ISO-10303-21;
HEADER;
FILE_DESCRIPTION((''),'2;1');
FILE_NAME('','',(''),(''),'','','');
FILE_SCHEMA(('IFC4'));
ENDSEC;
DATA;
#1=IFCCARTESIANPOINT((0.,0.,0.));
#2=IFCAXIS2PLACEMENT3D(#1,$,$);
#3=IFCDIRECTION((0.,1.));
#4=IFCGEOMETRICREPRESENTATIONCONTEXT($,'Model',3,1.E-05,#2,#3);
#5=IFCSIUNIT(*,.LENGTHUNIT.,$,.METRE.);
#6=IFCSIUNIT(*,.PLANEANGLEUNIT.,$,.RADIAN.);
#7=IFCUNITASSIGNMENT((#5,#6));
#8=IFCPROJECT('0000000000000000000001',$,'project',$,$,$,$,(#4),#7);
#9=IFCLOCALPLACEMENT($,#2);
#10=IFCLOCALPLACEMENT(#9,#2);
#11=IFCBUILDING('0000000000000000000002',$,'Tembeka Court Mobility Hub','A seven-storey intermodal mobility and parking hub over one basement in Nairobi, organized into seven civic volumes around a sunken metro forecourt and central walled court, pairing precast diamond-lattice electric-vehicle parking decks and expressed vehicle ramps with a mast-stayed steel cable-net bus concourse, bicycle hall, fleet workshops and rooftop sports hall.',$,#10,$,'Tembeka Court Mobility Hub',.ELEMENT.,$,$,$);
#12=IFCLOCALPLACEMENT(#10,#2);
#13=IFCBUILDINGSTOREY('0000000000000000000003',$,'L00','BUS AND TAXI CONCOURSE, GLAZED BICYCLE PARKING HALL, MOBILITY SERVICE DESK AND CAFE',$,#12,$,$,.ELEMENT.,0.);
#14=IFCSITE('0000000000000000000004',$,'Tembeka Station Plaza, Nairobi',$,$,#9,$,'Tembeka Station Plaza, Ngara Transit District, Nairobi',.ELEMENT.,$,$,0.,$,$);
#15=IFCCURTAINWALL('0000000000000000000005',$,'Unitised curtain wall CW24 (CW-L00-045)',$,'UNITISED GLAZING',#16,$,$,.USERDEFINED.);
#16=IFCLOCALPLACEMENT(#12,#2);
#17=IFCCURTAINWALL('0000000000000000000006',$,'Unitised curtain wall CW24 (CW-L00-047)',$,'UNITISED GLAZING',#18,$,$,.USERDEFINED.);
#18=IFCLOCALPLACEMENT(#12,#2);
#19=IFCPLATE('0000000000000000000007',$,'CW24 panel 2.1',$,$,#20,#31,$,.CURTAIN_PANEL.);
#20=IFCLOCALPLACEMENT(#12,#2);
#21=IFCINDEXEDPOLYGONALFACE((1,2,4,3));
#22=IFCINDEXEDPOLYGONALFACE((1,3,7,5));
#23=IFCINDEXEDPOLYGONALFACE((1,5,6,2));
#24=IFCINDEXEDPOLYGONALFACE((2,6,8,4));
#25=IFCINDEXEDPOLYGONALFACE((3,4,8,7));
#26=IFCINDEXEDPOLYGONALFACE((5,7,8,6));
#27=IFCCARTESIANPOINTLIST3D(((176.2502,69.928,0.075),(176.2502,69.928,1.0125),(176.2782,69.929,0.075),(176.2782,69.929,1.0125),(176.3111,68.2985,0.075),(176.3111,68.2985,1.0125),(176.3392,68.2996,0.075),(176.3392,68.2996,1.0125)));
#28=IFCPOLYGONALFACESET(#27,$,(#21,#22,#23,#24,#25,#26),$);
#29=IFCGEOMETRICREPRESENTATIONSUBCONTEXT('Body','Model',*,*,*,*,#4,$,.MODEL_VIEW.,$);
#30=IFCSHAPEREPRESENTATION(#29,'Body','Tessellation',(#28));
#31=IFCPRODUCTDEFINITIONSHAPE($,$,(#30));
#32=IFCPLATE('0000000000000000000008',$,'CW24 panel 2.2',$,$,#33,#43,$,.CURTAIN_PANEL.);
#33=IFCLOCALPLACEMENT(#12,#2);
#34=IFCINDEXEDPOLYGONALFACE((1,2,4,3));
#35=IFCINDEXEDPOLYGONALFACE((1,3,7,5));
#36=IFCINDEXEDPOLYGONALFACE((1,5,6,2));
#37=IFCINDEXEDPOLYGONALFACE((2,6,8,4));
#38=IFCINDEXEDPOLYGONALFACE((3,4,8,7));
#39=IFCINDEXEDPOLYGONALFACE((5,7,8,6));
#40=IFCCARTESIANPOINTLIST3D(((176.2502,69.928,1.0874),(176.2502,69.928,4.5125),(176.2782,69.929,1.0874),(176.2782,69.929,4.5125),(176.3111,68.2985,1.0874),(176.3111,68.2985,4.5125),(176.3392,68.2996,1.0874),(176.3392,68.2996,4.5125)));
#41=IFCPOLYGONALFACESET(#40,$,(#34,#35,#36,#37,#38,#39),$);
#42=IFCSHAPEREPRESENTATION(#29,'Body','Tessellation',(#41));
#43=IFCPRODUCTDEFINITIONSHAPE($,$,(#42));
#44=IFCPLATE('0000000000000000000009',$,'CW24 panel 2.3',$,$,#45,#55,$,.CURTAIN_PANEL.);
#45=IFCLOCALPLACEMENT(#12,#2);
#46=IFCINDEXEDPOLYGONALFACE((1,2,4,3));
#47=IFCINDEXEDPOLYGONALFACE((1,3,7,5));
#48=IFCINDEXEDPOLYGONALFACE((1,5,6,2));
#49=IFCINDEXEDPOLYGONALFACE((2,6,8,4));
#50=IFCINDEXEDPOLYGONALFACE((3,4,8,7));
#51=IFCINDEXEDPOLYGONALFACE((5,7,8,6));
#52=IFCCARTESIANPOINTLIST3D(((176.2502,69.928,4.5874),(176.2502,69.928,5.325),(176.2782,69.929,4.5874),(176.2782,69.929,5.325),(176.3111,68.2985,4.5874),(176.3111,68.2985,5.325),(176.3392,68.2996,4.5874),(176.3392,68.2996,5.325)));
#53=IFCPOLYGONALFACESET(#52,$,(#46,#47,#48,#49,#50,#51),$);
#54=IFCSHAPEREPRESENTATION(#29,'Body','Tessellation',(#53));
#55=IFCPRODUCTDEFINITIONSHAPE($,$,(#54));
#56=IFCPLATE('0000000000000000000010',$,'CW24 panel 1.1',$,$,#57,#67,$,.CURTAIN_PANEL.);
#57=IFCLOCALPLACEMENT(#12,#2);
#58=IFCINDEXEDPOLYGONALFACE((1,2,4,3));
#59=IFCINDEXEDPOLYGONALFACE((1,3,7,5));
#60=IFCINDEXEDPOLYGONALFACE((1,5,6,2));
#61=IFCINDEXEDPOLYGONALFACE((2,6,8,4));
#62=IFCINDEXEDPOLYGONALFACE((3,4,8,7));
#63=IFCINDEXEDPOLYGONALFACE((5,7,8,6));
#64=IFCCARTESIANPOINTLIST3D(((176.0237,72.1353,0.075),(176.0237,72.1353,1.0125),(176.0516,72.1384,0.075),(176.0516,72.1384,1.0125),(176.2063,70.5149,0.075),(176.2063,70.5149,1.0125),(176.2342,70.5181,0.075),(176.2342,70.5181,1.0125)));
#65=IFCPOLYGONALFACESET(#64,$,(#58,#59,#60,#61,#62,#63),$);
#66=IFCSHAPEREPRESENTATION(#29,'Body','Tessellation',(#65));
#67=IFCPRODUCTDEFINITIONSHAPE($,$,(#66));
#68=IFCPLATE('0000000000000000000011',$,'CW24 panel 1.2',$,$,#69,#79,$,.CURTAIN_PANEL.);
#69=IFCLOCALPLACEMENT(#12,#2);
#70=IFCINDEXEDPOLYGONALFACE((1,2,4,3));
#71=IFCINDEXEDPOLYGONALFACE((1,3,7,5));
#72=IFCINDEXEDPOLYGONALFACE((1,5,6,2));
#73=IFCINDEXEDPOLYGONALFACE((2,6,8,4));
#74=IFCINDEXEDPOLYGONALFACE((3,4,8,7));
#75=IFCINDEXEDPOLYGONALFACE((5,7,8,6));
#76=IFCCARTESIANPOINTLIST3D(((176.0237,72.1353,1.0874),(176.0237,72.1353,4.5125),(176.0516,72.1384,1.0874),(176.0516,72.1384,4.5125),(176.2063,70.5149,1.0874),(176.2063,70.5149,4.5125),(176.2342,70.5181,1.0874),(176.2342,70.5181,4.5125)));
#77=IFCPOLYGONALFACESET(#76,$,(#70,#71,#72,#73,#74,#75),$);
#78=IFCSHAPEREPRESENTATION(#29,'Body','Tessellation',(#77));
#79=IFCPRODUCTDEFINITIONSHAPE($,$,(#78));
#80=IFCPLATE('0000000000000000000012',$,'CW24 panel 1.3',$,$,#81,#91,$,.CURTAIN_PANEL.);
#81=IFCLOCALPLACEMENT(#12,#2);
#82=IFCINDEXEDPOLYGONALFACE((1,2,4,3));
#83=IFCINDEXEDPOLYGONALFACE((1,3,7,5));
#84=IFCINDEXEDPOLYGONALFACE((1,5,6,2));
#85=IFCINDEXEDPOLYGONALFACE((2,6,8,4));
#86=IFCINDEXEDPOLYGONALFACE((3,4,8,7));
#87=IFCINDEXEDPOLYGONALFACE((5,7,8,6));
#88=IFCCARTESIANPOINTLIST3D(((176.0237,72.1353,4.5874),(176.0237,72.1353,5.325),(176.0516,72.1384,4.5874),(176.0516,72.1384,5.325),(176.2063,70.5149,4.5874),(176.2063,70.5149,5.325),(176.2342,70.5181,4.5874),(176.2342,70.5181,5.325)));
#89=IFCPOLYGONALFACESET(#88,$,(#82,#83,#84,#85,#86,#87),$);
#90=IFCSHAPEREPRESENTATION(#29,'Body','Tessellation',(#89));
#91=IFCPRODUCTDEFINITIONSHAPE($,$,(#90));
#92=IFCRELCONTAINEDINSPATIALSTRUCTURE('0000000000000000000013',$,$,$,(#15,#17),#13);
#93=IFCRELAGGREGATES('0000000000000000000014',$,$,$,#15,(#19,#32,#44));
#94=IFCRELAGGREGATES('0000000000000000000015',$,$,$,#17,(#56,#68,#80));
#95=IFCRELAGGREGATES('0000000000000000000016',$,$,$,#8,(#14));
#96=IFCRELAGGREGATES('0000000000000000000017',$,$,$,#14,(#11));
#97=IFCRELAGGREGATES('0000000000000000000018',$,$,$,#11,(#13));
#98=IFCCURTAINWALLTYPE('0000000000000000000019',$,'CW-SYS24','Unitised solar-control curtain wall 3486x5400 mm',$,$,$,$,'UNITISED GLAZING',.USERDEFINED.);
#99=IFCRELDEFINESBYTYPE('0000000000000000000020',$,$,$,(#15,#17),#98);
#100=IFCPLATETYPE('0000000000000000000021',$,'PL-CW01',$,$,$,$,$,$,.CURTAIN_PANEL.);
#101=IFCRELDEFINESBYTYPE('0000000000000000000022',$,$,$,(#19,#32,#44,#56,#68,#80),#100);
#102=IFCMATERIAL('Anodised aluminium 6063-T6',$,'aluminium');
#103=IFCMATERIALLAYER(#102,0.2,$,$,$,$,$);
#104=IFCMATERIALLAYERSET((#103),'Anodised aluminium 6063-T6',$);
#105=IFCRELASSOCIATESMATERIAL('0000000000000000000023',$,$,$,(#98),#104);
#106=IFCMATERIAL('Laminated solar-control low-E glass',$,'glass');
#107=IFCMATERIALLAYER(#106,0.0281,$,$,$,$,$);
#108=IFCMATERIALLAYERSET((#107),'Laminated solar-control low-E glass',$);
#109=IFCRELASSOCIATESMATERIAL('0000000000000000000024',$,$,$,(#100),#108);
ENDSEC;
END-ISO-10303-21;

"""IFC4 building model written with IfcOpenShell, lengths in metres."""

from ifc_helpers import new_model, si_unit, direction, frame, origin, origin_2d, place, context, subcontext, project, spatial, rectangle, extrude, material, layer, layer_set, type_object, element, aggregate, save


model = new_model("IFC4")

# Units and contexts
model_context = context("Model", 3, precision=1e-05, world=origin(), true_north=direction((0.0, 1.0)))
body_context = subcontext(model_context, "Body", "Model", "MODEL_VIEW")
ifc_project = project(units=[si_unit("LENGTHUNIT", "METRE"), si_unit("PLANEANGLEUNIT", "RADIAN")], contexts=[model_context])

# Site, building, storey
site_placement = place(None, origin())
site = spatial("IfcSite", under=ifc_project, at=site_placement, Name="Tembeka Station Plaza, Nairobi", LongName="Tembeka Station Plaza, Ngara Transit District, Nairobi", CompositionType="ELEMENT", RefElevation=0.0)
building_placement = place(site_placement, origin())
building = spatial("IfcBuilding", under=site, at=building_placement, Name="Tembeka Court Mobility Hub", Description="A seven-storey intermodal mobility and parking hub over one basement in Nairobi, organized into seven civic volumes around a sunken metro forecourt and central walled court, pairing precast diamond-lattice electric-vehicle parking decks and expressed vehicle ramps with a mast-stayed steel cable-net bus concourse, bicycle hall, fleet workshops and rooftop sports hall.", LongName="Tembeka Court Mobility Hub", CompositionType="ELEMENT")
storey_placement = place(building_placement, origin())
storey = spatial("IfcBuildingStorey", under=building, at=storey_placement, Name="L00", Description="BUS AND TAXI CONCOURSE, GLAZED BICYCLE PARKING HALL, MOBILITY SERVICE DESK AND CAFE", CompositionType="ELEMENT", Elevation=0.0)

# Curtain walls
ifc_material_1 = material(Name="Anodised aluminium 6063-T6", Category="aluminium")
ifc_layer_1 = layer(ifc_material_1, 0.2)
ifc_layer_set_1 = layer_set([ifc_layer_1], Name="Anodised aluminium 6063-T6")
curtain_wall_type = type_object("IfcCurtainWallType", Name="CW-SYS24", Description="Unitised solar-control curtain wall 3486x5400 mm", ElementType="UNITISED GLAZING", PredefinedType="USERDEFINED", material=ifc_layer_set_1)
curtain_wall_1_placement = place(storey_placement, origin())
curtain_wall_1 = element("IfcCurtainWall", 1, at=curtain_wall_1_placement, inside=storey, type_object=curtain_wall_type, Name="Unitised curtain wall CW24 (CW-L00-045)", ObjectType="UNITISED GLAZING", PredefinedType="USERDEFINED")
curtain_wall_2_placement = place(storey_placement, origin())
curtain_wall_2 = element("IfcCurtainWall", 2, at=curtain_wall_2_placement, inside=storey, type_object=curtain_wall_type, Name="Unitised curtain wall CW24 (CW-L00-047)", ObjectType="UNITISED GLAZING", PredefinedType="USERDEFINED")

# Plates
ifc_material_2 = material(Name="Laminated solar-control low-E glass", Category="glass")
ifc_layer_2 = layer(ifc_material_2, 0.0281)
ifc_layer_set_2 = layer_set([ifc_layer_2], Name="Laminated solar-control low-E glass")
plate_type = type_object("IfcPlateType", Name="PL-CW01", PredefinedType="CURTAIN_PANEL", material=ifc_layer_set_2)
plate_1_placement = place(storey_placement, frame((176.2947, 69.1138, 0.075), z_axis=(0.0, 0.0, 1.0), x_axis=(-0.037405, 0.9993, 0.0)))
plate_1 = element("IfcPlate", 3, at=plate_1_placement, type_object=plate_type, Name="CW24 panel 2.1", PredefinedType="CURTAIN_PANEL", context=body_context, shape_type="SweptSolid", body=[
    extrude(rectangle(XDim=1.6306, YDim=0.0281, at=origin_2d()), origin(), (0.0, 0.0, 1.0), 0.9375),
])
plate_2_placement = place(storey_placement, frame((176.2947, 69.1138, 1.0874), z_axis=(0.0, 0.0, 1.0), x_axis=(-0.037405, 0.9993, 0.0)))
plate_2 = element("IfcPlate", 4, at=plate_2_placement, type_object=plate_type, Name="CW24 panel 2.2", PredefinedType="CURTAIN_PANEL", context=body_context, shape_type="SweptSolid", body=[
    extrude(rectangle(XDim=1.6306, YDim=0.0281, at=origin_2d()), origin(), (0.0, 0.0, 1.0), 3.425),
])
plate_3_placement = place(storey_placement, frame((176.2947, 69.1138, 4.5874), z_axis=(0.0, 0.0, 1.0), x_axis=(-0.037405, 0.9993, 0.0)))
plate_3 = element("IfcPlate", 5, at=plate_3_placement, type_object=plate_type, Name="CW24 panel 2.3", PredefinedType="CURTAIN_PANEL", context=body_context, shape_type="SweptSolid", body=[
    extrude(rectangle(XDim=1.6306, YDim=0.0281, at=origin_2d()), origin(), (0.0, 0.0, 1.0), 0.7375),
])
aggregate(curtain_wall_1, [plate_1, plate_2, plate_3])
plate_4_placement = place(storey_placement, frame((176.1289, 71.3267, 0.075), z_axis=(0.0, 0.0, 1.0), x_axis=(-0.111987, 0.99371, 0.0)))
plate_4 = element("IfcPlate", 6, at=plate_4_placement, type_object=plate_type, Name="CW24 panel 1.1", PredefinedType="CURTAIN_PANEL", context=body_context, shape_type="SweptSolid", body=[
    extrude(rectangle(XDim=1.6306, YDim=0.0281, at=origin_2d()), origin(), (0.0, 0.0, 1.0), 0.9375),
])
plate_5_placement = place(storey_placement, frame((176.1289, 71.3267, 1.0874), z_axis=(0.0, 0.0, 1.0), x_axis=(-0.111987, 0.99371, 0.0)))
plate_5 = element("IfcPlate", 7, at=plate_5_placement, type_object=plate_type, Name="CW24 panel 1.2", PredefinedType="CURTAIN_PANEL", context=body_context, shape_type="SweptSolid", body=[
    extrude(rectangle(XDim=1.6306, YDim=0.0281, at=origin_2d()), origin(), (0.0, 0.0, 1.0), 3.425),
])
plate_6_placement = place(storey_placement, frame((176.1289, 71.3267, 4.5874), z_axis=(0.0, 0.0, 1.0), x_axis=(-0.111987, 0.99371, 0.0)))
plate_6 = element("IfcPlate", 8, at=plate_6_placement, type_object=plate_type, Name="CW24 panel 1.3", PredefinedType="CURTAIN_PANEL", context=body_context, shape_type="SweptSolid", body=[
    extrude(rectangle(XDim=1.6306, YDim=0.0281, at=origin_2d()), origin(), (0.0, 0.0, 1.0), 0.7375),
])
aggregate(curtain_wall_2, [plate_4, plate_5, plate_6])

save(model, "model.ifc")
